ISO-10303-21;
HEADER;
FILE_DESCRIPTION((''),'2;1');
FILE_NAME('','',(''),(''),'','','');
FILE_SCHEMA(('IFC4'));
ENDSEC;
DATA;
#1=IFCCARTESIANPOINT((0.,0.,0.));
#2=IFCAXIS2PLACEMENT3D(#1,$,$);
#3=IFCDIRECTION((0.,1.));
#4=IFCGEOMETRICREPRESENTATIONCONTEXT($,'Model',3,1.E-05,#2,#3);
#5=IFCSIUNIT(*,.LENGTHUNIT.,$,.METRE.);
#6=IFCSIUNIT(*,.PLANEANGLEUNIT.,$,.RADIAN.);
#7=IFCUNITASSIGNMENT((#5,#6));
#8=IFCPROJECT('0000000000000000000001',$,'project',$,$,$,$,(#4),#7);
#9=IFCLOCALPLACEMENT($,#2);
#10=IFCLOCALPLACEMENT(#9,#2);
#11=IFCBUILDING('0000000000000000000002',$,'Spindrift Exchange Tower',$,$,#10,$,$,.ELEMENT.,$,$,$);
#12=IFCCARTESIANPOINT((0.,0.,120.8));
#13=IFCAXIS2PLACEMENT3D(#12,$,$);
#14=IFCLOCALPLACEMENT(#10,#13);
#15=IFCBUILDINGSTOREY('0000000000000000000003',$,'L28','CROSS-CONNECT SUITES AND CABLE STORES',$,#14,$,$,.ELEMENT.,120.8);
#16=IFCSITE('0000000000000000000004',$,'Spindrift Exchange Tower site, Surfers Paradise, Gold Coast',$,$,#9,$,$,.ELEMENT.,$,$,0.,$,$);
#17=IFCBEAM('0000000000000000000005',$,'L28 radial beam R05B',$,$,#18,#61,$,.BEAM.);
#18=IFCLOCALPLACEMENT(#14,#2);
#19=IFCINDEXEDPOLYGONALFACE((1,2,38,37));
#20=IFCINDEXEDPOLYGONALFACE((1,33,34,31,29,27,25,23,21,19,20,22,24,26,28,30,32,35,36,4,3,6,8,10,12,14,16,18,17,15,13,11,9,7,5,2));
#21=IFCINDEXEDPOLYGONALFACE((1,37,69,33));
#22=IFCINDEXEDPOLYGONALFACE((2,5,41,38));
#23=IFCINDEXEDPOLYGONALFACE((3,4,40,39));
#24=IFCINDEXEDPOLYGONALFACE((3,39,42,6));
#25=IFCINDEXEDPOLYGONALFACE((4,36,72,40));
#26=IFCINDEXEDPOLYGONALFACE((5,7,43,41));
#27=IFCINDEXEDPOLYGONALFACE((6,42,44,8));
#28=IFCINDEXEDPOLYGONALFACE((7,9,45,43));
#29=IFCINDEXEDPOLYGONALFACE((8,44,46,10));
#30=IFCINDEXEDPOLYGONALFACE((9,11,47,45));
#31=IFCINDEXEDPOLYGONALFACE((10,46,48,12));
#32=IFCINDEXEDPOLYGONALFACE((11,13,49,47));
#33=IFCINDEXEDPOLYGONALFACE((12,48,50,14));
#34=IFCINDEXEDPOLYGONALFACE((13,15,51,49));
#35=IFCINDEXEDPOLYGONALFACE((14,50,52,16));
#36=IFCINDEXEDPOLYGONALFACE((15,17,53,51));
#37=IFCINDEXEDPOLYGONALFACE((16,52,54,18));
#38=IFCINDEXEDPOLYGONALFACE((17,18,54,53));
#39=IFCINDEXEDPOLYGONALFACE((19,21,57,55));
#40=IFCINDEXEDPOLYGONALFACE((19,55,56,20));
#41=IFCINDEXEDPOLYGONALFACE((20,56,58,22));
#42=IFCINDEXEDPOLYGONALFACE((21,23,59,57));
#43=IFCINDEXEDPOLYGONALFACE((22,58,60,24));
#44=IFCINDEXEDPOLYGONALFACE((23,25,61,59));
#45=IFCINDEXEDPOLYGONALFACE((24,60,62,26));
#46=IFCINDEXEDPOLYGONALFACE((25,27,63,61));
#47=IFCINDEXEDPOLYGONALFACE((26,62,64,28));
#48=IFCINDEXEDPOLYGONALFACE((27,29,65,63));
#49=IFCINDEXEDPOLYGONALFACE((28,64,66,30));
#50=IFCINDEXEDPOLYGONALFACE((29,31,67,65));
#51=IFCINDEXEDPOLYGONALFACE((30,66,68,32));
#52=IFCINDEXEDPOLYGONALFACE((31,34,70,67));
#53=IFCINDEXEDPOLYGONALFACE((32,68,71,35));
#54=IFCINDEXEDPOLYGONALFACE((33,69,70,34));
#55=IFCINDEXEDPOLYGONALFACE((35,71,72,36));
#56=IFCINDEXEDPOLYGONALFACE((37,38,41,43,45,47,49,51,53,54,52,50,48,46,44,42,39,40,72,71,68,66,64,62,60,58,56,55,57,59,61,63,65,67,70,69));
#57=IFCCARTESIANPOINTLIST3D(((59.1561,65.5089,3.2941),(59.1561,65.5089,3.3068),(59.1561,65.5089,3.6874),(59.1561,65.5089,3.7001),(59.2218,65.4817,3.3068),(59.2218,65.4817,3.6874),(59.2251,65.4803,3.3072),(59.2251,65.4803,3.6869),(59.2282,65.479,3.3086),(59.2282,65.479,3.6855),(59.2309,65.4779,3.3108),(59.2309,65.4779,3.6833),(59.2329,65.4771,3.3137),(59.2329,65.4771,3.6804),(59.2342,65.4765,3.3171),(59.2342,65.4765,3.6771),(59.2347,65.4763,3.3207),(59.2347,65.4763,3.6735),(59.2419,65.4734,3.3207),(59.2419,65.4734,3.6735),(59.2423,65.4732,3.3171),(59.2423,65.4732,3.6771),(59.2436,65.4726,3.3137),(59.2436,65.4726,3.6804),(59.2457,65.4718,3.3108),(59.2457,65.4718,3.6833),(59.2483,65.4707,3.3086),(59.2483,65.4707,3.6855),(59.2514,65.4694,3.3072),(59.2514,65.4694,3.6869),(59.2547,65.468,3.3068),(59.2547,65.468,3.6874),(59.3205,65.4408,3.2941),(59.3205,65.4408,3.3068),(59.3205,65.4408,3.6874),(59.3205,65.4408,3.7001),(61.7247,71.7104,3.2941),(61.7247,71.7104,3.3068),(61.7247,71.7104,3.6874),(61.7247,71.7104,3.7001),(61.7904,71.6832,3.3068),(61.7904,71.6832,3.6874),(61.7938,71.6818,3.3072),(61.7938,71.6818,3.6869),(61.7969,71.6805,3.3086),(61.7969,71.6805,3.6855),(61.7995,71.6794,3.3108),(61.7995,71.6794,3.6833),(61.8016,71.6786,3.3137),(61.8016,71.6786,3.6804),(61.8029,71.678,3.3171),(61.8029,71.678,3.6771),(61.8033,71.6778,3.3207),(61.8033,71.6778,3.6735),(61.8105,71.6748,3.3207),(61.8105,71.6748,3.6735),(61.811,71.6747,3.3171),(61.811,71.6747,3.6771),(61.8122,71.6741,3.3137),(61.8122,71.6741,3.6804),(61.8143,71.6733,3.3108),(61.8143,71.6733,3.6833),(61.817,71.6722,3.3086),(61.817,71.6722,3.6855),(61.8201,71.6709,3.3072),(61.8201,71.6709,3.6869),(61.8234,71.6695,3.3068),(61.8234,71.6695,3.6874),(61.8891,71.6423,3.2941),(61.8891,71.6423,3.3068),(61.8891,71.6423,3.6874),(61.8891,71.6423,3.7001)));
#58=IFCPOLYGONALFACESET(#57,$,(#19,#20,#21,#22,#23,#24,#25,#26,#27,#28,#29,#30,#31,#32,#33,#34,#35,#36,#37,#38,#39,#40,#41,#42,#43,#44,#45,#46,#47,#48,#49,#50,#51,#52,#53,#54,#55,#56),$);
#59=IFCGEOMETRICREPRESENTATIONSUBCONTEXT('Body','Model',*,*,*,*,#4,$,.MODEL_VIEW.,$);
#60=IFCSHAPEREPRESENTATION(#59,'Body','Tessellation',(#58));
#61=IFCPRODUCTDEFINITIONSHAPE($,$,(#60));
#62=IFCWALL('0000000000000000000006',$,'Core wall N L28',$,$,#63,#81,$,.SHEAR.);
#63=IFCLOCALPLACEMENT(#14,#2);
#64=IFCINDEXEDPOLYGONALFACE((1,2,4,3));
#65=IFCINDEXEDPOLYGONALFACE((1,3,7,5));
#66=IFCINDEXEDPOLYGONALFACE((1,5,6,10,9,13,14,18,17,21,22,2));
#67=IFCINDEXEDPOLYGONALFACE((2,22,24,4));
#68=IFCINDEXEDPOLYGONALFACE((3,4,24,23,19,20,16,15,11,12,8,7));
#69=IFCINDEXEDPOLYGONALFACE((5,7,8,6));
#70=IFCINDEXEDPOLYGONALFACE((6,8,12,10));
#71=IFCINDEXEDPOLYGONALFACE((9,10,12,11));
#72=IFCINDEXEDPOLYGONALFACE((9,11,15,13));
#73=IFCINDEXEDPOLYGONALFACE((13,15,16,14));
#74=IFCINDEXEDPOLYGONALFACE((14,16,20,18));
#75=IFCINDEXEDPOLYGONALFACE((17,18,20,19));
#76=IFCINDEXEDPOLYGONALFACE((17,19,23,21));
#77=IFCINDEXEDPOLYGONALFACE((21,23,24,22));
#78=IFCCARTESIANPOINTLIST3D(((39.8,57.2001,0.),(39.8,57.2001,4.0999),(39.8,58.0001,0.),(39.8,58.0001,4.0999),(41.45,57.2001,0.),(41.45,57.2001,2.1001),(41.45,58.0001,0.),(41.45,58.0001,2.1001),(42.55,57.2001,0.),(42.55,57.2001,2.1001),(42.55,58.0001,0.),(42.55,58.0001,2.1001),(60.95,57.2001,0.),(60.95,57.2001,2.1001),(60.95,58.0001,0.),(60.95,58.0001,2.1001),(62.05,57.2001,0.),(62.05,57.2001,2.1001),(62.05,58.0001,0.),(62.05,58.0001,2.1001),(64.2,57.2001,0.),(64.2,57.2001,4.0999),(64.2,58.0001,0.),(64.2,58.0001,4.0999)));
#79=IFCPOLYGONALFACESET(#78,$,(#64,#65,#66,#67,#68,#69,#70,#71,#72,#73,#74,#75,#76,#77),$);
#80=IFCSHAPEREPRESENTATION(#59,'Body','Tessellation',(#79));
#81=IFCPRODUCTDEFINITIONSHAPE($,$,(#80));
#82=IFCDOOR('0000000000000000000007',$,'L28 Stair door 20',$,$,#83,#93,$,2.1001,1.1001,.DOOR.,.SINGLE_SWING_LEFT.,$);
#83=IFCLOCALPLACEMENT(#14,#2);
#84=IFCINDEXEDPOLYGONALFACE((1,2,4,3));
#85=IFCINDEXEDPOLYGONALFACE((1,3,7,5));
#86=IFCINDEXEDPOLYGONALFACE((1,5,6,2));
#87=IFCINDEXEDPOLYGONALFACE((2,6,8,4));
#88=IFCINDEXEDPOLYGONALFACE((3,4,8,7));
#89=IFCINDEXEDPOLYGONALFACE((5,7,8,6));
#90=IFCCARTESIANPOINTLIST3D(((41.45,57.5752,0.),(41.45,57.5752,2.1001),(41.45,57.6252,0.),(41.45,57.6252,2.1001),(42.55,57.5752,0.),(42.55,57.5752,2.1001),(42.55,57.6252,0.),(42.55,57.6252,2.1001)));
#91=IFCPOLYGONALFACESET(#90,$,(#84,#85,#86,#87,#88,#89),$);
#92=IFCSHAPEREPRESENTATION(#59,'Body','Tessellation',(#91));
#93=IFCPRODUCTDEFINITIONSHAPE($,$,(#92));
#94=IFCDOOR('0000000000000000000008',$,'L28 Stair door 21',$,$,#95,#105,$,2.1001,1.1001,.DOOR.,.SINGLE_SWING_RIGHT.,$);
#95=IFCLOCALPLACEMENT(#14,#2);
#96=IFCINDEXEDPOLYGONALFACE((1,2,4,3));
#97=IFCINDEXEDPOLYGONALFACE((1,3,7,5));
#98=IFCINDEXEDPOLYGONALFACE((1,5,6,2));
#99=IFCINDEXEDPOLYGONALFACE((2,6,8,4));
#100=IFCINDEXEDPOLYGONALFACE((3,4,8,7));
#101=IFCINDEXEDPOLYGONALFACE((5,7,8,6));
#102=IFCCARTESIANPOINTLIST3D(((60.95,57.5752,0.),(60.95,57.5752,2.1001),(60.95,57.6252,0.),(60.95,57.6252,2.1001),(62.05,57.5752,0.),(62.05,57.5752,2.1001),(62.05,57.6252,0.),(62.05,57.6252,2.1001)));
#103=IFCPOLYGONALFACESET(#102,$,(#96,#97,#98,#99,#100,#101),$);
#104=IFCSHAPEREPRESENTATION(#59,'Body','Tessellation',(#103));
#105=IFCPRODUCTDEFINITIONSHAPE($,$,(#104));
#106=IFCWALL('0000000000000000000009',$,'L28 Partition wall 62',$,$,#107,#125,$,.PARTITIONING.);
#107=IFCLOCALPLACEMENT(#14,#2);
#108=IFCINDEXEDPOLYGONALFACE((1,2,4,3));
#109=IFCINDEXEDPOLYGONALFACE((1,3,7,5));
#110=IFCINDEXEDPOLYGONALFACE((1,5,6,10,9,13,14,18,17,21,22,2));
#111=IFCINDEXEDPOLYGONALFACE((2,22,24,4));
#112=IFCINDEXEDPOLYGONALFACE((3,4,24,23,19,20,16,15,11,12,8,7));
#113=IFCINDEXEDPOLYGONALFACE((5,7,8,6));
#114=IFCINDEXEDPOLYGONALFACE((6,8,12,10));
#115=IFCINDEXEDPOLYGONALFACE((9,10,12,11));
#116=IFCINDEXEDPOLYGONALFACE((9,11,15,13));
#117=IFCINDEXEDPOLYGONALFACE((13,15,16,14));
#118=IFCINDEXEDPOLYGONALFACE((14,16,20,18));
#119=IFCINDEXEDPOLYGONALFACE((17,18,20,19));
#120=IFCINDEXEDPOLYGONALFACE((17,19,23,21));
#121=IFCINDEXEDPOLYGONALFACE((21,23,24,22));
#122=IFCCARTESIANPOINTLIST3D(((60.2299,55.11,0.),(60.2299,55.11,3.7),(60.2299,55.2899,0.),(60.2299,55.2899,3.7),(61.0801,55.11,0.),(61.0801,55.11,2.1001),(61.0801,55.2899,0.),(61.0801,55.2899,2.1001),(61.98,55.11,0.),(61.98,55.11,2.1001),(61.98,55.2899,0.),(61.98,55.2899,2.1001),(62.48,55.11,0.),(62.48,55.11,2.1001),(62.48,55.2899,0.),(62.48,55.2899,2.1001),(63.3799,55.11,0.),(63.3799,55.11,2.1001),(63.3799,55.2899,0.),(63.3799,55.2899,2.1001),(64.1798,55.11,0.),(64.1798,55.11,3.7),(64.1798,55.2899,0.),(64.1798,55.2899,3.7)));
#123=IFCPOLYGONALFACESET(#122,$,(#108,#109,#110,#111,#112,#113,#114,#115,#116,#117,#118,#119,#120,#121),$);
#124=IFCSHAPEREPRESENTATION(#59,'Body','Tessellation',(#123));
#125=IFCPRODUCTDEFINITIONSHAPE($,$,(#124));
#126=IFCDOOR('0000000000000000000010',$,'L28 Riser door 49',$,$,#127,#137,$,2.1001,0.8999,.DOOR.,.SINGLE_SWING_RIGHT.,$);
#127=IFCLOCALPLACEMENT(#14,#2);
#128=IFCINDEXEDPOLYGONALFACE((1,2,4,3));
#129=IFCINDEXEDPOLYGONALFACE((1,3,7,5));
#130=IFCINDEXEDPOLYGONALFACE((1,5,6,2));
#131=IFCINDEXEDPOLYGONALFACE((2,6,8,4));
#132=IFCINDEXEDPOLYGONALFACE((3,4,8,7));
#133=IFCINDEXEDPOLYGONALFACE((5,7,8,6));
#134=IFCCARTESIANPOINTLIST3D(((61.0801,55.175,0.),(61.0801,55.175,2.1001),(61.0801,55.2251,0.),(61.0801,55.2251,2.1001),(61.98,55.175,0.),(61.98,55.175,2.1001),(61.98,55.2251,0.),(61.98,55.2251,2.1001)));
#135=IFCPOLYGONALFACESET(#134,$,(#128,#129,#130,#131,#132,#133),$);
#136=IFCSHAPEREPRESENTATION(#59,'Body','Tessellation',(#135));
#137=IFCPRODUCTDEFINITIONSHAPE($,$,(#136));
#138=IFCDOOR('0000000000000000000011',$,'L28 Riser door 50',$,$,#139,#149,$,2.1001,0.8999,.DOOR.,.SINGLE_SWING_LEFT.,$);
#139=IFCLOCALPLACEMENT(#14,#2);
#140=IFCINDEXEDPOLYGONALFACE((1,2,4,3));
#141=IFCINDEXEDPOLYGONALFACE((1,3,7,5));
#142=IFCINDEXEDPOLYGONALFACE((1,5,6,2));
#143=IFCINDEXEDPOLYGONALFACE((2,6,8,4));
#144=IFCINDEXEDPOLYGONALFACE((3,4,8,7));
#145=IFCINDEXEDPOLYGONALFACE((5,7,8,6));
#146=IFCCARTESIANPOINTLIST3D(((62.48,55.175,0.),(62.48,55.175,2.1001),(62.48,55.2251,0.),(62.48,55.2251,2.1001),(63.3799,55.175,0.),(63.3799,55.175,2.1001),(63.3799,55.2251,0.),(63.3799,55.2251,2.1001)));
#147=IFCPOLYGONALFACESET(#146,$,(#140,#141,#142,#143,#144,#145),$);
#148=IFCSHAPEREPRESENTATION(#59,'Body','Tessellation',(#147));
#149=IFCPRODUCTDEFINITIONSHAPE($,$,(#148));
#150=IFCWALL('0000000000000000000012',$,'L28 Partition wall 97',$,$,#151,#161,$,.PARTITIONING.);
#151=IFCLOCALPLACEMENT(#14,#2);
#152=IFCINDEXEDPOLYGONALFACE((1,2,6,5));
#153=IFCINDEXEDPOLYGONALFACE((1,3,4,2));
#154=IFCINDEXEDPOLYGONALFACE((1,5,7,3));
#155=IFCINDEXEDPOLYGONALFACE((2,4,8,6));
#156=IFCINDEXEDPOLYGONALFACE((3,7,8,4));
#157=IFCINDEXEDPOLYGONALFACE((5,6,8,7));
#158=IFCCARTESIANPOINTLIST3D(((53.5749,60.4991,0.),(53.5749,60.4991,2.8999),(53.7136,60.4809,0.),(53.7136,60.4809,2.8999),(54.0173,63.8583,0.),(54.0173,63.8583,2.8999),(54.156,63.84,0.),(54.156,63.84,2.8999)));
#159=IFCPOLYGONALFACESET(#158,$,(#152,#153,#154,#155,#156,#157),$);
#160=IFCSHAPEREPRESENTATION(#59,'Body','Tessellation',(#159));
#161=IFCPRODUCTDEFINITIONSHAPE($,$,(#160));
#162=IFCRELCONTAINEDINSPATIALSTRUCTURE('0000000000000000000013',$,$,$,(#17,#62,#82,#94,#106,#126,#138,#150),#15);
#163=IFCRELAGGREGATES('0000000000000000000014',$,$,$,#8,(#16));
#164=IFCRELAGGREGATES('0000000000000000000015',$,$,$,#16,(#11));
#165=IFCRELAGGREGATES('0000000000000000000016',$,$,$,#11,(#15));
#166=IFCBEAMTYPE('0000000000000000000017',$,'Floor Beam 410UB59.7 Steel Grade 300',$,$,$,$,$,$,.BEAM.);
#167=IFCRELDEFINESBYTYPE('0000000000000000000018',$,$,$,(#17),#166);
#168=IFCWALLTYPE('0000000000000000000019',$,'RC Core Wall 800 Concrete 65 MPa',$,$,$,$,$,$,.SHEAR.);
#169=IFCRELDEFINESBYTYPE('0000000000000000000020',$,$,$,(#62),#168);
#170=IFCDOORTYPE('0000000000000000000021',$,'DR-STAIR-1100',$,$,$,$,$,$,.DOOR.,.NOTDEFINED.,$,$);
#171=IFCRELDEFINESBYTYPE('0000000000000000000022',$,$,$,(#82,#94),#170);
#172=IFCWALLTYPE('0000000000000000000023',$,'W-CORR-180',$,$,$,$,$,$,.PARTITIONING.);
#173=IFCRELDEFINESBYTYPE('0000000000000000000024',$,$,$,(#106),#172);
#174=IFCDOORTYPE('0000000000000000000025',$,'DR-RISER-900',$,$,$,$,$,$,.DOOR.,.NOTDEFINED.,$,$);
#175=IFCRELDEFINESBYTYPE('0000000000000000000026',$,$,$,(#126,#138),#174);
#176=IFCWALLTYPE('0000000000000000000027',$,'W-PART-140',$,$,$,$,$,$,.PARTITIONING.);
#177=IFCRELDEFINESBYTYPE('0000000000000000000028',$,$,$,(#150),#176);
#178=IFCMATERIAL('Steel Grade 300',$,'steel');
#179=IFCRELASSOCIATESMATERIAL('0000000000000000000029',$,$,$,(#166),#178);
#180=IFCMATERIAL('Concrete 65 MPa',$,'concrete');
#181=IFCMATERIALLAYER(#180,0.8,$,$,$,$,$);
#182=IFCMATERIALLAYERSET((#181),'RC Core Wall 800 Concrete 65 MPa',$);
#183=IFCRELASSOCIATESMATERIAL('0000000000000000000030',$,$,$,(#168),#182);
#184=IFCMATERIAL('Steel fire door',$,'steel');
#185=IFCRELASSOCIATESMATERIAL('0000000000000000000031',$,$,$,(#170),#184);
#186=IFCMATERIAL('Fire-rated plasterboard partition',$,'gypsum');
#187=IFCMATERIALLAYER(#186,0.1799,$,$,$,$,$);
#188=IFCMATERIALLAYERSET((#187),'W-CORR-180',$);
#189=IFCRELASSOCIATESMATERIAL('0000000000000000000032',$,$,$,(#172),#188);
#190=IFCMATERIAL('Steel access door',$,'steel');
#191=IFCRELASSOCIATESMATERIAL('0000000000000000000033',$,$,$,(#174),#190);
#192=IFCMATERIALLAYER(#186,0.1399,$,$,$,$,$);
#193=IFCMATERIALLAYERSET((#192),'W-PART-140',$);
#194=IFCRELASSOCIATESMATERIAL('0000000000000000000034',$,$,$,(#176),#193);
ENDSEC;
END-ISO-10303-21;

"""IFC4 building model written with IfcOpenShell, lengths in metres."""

from ifc_helpers import new_model, si_unit, direction, frame, frame_2d, origin, origin_2d, place, context, subcontext, project, spatial, rectangle, i_section, extrude, source, transform, mapped, material, layer, layer_set, material_profile, profile_set, type_object, element, fill, save


model = new_model("IFC4")

# Units and contexts
model_context = context("Model", 3, precision=1e-05, world=origin(), true_north=direction((0.0, 1.0)))
body_context = subcontext(model_context, "Body", "Model", "MODEL_VIEW")
ifc_project = project(units=[si_unit("LENGTHUNIT", "METRE"), si_unit("PLANEANGLEUNIT", "RADIAN")], contexts=[model_context])

# Site, building, storey
site_placement = place(None, origin())
site = spatial("IfcSite", under=ifc_project, at=site_placement, Name="Spindrift Exchange Tower site, Surfers Paradise, Gold Coast", CompositionType="ELEMENT", RefElevation=0.0)
building_placement = place(site_placement, origin())
building = spatial("IfcBuilding", under=site, at=building_placement, Name="Spindrift Exchange Tower", CompositionType="ELEMENT")
storey_placement = place(building_placement, frame((0.0, 0.0, 120.8)))
storey = spatial("IfcBuildingStorey", under=building, at=storey_placement, Name="L28", Description="CROSS-CONNECT SUITES AND CABLE STORES", CompositionType="ELEMENT", Elevation=120.8)

# Shared definitions
ifc_material_1 = material(Name="Concrete 65 MPa", Category="concrete")

# Beam
ifc_material_2 = material(Name="Steel Grade 300", Category="steel")
ifc_material_profile_1 = material_profile(ifc_material_2, i_section(OverallWidth=0.178, OverallDepth=0.406, WebThickness=0.0078, FlangeThickness=0.0127, FilletRadius=0.0139, at=origin_2d()), Name="410UB59.7")
ifc_profile_set_1 = profile_set([ifc_material_profile_1], Name="Steel Grade 300")
beam_type_1 = type_object("IfcBeamType", Name="Floor Beam 410UB59.7 Steel Grade 300", PredefinedType="BEAM", material=ifc_profile_set_1)
shared_shape_1 = source(origin(), body_context, "Body", "SweptSolid", [
    extrude(i_section(OverallWidth=0.178, OverallDepth=0.406, WebThickness=0.0078, FlangeThickness=0.0127, FilletRadius=0.0139, at=origin_2d()), origin(), (0.0, 0.0, 1.0), 6.7124),
])
beam_1_placement = place(storey_placement, frame((59.2383, 65.4749, 3.4971), z_axis=(0.38267, 0.923885, 0.0), x_axis=(-0.923885, 0.38267, 0.0)))
element("IfcBeam", 1, at=beam_1_placement, inside=storey, type_object=beam_type_1, Name="L28 radial beam R05B", PredefinedType="BEAM", context=body_context, shape_type="MappedRepresentation", body=[
    mapped(shared_shape_1, transform((0.0, 0.0, 0.0), scale=1.0)),
])

# Walls, openings, doors
ifc_layer_1 = layer(ifc_material_1, 0.8)
ifc_layer_set_1 = layer_set([ifc_layer_1], Name="RC Core Wall 800 Concrete 65 MPa")
wall_type_1 = type_object("IfcWallType", Name="RC Core Wall 800 Concrete 65 MPa", PredefinedType="SHEAR", material=ifc_layer_set_1)
wall_1_placement = place(storey_placement, frame((64.2, 57.6001, 0.0), z_axis=(0.0, 0.0, 1.0), x_axis=(-1.0, 0.0, 0.0)))
wall_1 = element("IfcWall", 2, at=wall_1_placement, inside=storey, type_object=wall_type_1, Name="Core wall N L28", PredefinedType="SHEAR", context=body_context, shape_type="SweptSolid", body=[
    extrude(rectangle(XDim=24.3999, YDim=0.8, at=frame_2d((12.2, 0.0))), origin(), (0.0, 0.0, 1.0), 4.0999),
])
opening_1_placement = place(wall_1_placement, frame((21.6499, 0.0, 0.0)))
opening_1 = element("IfcOpeningElement", 3, at=opening_1_placement, cuts=wall_1, PredefinedType="OPENING", context=body_context, shape_type="SweptSolid", body=[
    extrude(rectangle(XDim=1.1001, YDim=2.1001, at=frame_2d((0.55, 1.05))), frame((0.0, 0.4099, 0.0), z_axis=(0.0, -1.0, 0.0), x_axis=(1.0, 0.0, 0.0)), (0.0, 0.0, 1.0), 0.8201),
])
opening_2_placement = place(wall_1_placement, frame((2.1499, 0.0, 0.0)))
opening_2 = element("IfcOpeningElement", 4, at=opening_2_placement, cuts=wall_1, PredefinedType="OPENING", context=body_context, shape_type="SweptSolid", body=[
    extrude(rectangle(XDim=1.1001, YDim=2.1001, at=frame_2d((0.55, 1.05))), frame((0.0, 0.4099, 0.0), z_axis=(0.0, -1.0, 0.0), x_axis=(1.0, 0.0, 0.0)), (0.0, 0.0, 1.0), 0.8201),
])
ifc_material_3 = material(Name="Steel fire door", Category="steel")
door_type_1 = type_object("IfcDoorType", Name="DR-STAIR-1100", OperationType="NOTDEFINED", PredefinedType="DOOR", material=ifc_material_3)
shared_shape_2 = source(origin(), body_context, "Body", "SweptSolid", [
    extrude(rectangle(XDim=1.1001, YDim=2.1001, at=frame_2d((0.55, 1.05))), frame((0.0, 0.0249, 0.0), z_axis=(0.0, -1.0, 0.0), x_axis=(1.0, 0.0, 0.0)), (0.0, 0.0, 1.0), 0.05),
])
door_1_placement = place(opening_1_placement, origin())
door_1 = element("IfcDoor", 5, at=door_1_placement, inside=storey, type_object=door_type_1, Name="L28 Stair door 20", OperationType="SINGLE_SWING_LEFT", OverallHeight=2.1001, OverallWidth=1.1001, PredefinedType="DOOR", context=body_context, shape_type="MappedRepresentation", body=[
    mapped(shared_shape_2, transform((0.0, 0.0, 0.0), scale=1.0)),
])
fill(opening_1, door_1)
door_2_placement = place(opening_2_placement, origin())
door_2 = element("IfcDoor", 6, at=door_2_placement, inside=storey, type_object=door_type_1, Name="L28 Stair door 21", OperationType="SINGLE_SWING_RIGHT", OverallHeight=2.1001, OverallWidth=1.1001, PredefinedType="DOOR", context=body_context, shape_type="MappedRepresentation", body=[
    mapped(shared_shape_2, transform((0.0, 0.0, 0.0), scale=1.0)),
])
fill(opening_2, door_2)
ifc_material_4 = material(Name="Fire-rated plasterboard partition", Category="gypsum")
ifc_layer_2 = layer(ifc_material_4, 0.1799)
ifc_layer_set_2 = layer_set([ifc_layer_2], Name="W-CORR-180")
wall_type_2 = type_object("IfcWallType", Name="W-CORR-180", PredefinedType="PARTITIONING", material=ifc_layer_set_2)
wall_2_placement = place(storey_placement, frame((64.1799, 55.2, 0.0), z_axis=(0.0, 0.0, 1.0), x_axis=(-1.0, 0.0, 0.0)))
wall_2 = element("IfcWall", 7, at=wall_2_placement, inside=storey, type_object=wall_type_2, Name="L28 Partition wall 62", PredefinedType="PARTITIONING", context=body_context, shape_type="SweptSolid", body=[
    extrude(rectangle(XDim=3.95, YDim=0.1799, at=frame_2d((1.9751, 0.0))), origin(), (0.0, 0.0, 1.0), 3.7),
])
opening_3_placement = place(wall_2_placement, frame((2.2, 0.0, 0.0)))
opening_3 = element("IfcOpeningElement", 8, at=opening_3_placement, cuts=wall_2, PredefinedType="OPENING", context=body_context, shape_type="SweptSolid", body=[
    extrude(rectangle(XDim=0.8999, YDim=2.1001, at=frame_2d((0.45, 1.05))), frame((0.0, 0.0999, 0.0), z_axis=(0.0, -1.0, 0.0), x_axis=(1.0, 0.0, 0.0)), (0.0, 0.0, 1.0), 0.2),
])
opening_4_placement = place(wall_2_placement, frame((0.8, 0.0, 0.0)))
opening_4 = element("IfcOpeningElement", 9, at=opening_4_placement, cuts=wall_2, PredefinedType="OPENING", context=body_context, shape_type="SweptSolid", body=[
    extrude(rectangle(XDim=0.8999, YDim=2.1001, at=frame_2d((0.45, 1.05))), frame((0.0, 0.0999, 0.0), z_axis=(0.0, -1.0, 0.0), x_axis=(1.0, 0.0, 0.0)), (0.0, 0.0, 1.0), 0.2),
])
ifc_material_5 = material(Name="Steel access door", Category="steel")
door_type_2 = type_object("IfcDoorType", Name="DR-RISER-900", OperationType="NOTDEFINED", PredefinedType="DOOR", material=ifc_material_5)
shared_shape_3 = source(origin(), body_context, "Body", "SweptSolid", [
    extrude(rectangle(XDim=0.8999, YDim=2.1001, at=frame_2d((0.45, 1.05))), frame((0.0, 0.0249, 0.0), z_axis=(0.0, -1.0, 0.0), x_axis=(1.0, 0.0, 0.0)), (0.0, 0.0, 1.0), 0.05),
])
door_3_placement = place(opening_3_placement, origin())
door_3 = element("IfcDoor", 10, at=door_3_placement, inside=storey, type_object=door_type_2, Name="L28 Riser door 49", OperationType="SINGLE_SWING_RIGHT", OverallHeight=2.1001, OverallWidth=0.8999, PredefinedType="DOOR", context=body_context, shape_type="MappedRepresentation", body=[
    mapped(shared_shape_3, transform((0.0, 0.0, 0.0), scale=1.0)),
])
fill(opening_3, door_3)
door_4_placement = place(opening_4_placement, origin())
door_4 = element("IfcDoor", 11, at=door_4_placement, inside=storey, type_object=door_type_2, Name="L28 Riser door 50", OperationType="SINGLE_SWING_LEFT", OverallHeight=2.1001, OverallWidth=0.8999, PredefinedType="DOOR", context=body_context, shape_type="MappedRepresentation", body=[
    mapped(shared_shape_3, transform((0.0, 0.0, 0.0), scale=1.0)),
])
fill(opening_4, door_4)

# Wall
ifc_layer_3 = layer(ifc_material_4, 0.1399)
ifc_layer_set_3 = layer_set([ifc_layer_3], Name="W-PART-140")
wall_type_3 = type_object("IfcWallType", Name="W-PART-140", PredefinedType="PARTITIONING", material=ifc_layer_set_3)
wall_3_placement = place(storey_placement, frame((53.6443, 60.49, 0.0), z_axis=(0.0, 0.0, 1.0), x_axis=(0.130568, 0.991439, 0.0)))
element("IfcWall", 12, at=wall_3_placement, inside=storey, type_object=wall_type_3, Name="L28 Partition wall 97", PredefinedType="PARTITIONING", context=body_context, shape_type="SweptSolid", body=[
    extrude(rectangle(XDim=3.3882, YDim=0.1399, at=frame_2d((1.6941, 0.0))), origin(), (0.0, 0.0, 1.0), 2.8999),
])

save(model, "model.ifc")
